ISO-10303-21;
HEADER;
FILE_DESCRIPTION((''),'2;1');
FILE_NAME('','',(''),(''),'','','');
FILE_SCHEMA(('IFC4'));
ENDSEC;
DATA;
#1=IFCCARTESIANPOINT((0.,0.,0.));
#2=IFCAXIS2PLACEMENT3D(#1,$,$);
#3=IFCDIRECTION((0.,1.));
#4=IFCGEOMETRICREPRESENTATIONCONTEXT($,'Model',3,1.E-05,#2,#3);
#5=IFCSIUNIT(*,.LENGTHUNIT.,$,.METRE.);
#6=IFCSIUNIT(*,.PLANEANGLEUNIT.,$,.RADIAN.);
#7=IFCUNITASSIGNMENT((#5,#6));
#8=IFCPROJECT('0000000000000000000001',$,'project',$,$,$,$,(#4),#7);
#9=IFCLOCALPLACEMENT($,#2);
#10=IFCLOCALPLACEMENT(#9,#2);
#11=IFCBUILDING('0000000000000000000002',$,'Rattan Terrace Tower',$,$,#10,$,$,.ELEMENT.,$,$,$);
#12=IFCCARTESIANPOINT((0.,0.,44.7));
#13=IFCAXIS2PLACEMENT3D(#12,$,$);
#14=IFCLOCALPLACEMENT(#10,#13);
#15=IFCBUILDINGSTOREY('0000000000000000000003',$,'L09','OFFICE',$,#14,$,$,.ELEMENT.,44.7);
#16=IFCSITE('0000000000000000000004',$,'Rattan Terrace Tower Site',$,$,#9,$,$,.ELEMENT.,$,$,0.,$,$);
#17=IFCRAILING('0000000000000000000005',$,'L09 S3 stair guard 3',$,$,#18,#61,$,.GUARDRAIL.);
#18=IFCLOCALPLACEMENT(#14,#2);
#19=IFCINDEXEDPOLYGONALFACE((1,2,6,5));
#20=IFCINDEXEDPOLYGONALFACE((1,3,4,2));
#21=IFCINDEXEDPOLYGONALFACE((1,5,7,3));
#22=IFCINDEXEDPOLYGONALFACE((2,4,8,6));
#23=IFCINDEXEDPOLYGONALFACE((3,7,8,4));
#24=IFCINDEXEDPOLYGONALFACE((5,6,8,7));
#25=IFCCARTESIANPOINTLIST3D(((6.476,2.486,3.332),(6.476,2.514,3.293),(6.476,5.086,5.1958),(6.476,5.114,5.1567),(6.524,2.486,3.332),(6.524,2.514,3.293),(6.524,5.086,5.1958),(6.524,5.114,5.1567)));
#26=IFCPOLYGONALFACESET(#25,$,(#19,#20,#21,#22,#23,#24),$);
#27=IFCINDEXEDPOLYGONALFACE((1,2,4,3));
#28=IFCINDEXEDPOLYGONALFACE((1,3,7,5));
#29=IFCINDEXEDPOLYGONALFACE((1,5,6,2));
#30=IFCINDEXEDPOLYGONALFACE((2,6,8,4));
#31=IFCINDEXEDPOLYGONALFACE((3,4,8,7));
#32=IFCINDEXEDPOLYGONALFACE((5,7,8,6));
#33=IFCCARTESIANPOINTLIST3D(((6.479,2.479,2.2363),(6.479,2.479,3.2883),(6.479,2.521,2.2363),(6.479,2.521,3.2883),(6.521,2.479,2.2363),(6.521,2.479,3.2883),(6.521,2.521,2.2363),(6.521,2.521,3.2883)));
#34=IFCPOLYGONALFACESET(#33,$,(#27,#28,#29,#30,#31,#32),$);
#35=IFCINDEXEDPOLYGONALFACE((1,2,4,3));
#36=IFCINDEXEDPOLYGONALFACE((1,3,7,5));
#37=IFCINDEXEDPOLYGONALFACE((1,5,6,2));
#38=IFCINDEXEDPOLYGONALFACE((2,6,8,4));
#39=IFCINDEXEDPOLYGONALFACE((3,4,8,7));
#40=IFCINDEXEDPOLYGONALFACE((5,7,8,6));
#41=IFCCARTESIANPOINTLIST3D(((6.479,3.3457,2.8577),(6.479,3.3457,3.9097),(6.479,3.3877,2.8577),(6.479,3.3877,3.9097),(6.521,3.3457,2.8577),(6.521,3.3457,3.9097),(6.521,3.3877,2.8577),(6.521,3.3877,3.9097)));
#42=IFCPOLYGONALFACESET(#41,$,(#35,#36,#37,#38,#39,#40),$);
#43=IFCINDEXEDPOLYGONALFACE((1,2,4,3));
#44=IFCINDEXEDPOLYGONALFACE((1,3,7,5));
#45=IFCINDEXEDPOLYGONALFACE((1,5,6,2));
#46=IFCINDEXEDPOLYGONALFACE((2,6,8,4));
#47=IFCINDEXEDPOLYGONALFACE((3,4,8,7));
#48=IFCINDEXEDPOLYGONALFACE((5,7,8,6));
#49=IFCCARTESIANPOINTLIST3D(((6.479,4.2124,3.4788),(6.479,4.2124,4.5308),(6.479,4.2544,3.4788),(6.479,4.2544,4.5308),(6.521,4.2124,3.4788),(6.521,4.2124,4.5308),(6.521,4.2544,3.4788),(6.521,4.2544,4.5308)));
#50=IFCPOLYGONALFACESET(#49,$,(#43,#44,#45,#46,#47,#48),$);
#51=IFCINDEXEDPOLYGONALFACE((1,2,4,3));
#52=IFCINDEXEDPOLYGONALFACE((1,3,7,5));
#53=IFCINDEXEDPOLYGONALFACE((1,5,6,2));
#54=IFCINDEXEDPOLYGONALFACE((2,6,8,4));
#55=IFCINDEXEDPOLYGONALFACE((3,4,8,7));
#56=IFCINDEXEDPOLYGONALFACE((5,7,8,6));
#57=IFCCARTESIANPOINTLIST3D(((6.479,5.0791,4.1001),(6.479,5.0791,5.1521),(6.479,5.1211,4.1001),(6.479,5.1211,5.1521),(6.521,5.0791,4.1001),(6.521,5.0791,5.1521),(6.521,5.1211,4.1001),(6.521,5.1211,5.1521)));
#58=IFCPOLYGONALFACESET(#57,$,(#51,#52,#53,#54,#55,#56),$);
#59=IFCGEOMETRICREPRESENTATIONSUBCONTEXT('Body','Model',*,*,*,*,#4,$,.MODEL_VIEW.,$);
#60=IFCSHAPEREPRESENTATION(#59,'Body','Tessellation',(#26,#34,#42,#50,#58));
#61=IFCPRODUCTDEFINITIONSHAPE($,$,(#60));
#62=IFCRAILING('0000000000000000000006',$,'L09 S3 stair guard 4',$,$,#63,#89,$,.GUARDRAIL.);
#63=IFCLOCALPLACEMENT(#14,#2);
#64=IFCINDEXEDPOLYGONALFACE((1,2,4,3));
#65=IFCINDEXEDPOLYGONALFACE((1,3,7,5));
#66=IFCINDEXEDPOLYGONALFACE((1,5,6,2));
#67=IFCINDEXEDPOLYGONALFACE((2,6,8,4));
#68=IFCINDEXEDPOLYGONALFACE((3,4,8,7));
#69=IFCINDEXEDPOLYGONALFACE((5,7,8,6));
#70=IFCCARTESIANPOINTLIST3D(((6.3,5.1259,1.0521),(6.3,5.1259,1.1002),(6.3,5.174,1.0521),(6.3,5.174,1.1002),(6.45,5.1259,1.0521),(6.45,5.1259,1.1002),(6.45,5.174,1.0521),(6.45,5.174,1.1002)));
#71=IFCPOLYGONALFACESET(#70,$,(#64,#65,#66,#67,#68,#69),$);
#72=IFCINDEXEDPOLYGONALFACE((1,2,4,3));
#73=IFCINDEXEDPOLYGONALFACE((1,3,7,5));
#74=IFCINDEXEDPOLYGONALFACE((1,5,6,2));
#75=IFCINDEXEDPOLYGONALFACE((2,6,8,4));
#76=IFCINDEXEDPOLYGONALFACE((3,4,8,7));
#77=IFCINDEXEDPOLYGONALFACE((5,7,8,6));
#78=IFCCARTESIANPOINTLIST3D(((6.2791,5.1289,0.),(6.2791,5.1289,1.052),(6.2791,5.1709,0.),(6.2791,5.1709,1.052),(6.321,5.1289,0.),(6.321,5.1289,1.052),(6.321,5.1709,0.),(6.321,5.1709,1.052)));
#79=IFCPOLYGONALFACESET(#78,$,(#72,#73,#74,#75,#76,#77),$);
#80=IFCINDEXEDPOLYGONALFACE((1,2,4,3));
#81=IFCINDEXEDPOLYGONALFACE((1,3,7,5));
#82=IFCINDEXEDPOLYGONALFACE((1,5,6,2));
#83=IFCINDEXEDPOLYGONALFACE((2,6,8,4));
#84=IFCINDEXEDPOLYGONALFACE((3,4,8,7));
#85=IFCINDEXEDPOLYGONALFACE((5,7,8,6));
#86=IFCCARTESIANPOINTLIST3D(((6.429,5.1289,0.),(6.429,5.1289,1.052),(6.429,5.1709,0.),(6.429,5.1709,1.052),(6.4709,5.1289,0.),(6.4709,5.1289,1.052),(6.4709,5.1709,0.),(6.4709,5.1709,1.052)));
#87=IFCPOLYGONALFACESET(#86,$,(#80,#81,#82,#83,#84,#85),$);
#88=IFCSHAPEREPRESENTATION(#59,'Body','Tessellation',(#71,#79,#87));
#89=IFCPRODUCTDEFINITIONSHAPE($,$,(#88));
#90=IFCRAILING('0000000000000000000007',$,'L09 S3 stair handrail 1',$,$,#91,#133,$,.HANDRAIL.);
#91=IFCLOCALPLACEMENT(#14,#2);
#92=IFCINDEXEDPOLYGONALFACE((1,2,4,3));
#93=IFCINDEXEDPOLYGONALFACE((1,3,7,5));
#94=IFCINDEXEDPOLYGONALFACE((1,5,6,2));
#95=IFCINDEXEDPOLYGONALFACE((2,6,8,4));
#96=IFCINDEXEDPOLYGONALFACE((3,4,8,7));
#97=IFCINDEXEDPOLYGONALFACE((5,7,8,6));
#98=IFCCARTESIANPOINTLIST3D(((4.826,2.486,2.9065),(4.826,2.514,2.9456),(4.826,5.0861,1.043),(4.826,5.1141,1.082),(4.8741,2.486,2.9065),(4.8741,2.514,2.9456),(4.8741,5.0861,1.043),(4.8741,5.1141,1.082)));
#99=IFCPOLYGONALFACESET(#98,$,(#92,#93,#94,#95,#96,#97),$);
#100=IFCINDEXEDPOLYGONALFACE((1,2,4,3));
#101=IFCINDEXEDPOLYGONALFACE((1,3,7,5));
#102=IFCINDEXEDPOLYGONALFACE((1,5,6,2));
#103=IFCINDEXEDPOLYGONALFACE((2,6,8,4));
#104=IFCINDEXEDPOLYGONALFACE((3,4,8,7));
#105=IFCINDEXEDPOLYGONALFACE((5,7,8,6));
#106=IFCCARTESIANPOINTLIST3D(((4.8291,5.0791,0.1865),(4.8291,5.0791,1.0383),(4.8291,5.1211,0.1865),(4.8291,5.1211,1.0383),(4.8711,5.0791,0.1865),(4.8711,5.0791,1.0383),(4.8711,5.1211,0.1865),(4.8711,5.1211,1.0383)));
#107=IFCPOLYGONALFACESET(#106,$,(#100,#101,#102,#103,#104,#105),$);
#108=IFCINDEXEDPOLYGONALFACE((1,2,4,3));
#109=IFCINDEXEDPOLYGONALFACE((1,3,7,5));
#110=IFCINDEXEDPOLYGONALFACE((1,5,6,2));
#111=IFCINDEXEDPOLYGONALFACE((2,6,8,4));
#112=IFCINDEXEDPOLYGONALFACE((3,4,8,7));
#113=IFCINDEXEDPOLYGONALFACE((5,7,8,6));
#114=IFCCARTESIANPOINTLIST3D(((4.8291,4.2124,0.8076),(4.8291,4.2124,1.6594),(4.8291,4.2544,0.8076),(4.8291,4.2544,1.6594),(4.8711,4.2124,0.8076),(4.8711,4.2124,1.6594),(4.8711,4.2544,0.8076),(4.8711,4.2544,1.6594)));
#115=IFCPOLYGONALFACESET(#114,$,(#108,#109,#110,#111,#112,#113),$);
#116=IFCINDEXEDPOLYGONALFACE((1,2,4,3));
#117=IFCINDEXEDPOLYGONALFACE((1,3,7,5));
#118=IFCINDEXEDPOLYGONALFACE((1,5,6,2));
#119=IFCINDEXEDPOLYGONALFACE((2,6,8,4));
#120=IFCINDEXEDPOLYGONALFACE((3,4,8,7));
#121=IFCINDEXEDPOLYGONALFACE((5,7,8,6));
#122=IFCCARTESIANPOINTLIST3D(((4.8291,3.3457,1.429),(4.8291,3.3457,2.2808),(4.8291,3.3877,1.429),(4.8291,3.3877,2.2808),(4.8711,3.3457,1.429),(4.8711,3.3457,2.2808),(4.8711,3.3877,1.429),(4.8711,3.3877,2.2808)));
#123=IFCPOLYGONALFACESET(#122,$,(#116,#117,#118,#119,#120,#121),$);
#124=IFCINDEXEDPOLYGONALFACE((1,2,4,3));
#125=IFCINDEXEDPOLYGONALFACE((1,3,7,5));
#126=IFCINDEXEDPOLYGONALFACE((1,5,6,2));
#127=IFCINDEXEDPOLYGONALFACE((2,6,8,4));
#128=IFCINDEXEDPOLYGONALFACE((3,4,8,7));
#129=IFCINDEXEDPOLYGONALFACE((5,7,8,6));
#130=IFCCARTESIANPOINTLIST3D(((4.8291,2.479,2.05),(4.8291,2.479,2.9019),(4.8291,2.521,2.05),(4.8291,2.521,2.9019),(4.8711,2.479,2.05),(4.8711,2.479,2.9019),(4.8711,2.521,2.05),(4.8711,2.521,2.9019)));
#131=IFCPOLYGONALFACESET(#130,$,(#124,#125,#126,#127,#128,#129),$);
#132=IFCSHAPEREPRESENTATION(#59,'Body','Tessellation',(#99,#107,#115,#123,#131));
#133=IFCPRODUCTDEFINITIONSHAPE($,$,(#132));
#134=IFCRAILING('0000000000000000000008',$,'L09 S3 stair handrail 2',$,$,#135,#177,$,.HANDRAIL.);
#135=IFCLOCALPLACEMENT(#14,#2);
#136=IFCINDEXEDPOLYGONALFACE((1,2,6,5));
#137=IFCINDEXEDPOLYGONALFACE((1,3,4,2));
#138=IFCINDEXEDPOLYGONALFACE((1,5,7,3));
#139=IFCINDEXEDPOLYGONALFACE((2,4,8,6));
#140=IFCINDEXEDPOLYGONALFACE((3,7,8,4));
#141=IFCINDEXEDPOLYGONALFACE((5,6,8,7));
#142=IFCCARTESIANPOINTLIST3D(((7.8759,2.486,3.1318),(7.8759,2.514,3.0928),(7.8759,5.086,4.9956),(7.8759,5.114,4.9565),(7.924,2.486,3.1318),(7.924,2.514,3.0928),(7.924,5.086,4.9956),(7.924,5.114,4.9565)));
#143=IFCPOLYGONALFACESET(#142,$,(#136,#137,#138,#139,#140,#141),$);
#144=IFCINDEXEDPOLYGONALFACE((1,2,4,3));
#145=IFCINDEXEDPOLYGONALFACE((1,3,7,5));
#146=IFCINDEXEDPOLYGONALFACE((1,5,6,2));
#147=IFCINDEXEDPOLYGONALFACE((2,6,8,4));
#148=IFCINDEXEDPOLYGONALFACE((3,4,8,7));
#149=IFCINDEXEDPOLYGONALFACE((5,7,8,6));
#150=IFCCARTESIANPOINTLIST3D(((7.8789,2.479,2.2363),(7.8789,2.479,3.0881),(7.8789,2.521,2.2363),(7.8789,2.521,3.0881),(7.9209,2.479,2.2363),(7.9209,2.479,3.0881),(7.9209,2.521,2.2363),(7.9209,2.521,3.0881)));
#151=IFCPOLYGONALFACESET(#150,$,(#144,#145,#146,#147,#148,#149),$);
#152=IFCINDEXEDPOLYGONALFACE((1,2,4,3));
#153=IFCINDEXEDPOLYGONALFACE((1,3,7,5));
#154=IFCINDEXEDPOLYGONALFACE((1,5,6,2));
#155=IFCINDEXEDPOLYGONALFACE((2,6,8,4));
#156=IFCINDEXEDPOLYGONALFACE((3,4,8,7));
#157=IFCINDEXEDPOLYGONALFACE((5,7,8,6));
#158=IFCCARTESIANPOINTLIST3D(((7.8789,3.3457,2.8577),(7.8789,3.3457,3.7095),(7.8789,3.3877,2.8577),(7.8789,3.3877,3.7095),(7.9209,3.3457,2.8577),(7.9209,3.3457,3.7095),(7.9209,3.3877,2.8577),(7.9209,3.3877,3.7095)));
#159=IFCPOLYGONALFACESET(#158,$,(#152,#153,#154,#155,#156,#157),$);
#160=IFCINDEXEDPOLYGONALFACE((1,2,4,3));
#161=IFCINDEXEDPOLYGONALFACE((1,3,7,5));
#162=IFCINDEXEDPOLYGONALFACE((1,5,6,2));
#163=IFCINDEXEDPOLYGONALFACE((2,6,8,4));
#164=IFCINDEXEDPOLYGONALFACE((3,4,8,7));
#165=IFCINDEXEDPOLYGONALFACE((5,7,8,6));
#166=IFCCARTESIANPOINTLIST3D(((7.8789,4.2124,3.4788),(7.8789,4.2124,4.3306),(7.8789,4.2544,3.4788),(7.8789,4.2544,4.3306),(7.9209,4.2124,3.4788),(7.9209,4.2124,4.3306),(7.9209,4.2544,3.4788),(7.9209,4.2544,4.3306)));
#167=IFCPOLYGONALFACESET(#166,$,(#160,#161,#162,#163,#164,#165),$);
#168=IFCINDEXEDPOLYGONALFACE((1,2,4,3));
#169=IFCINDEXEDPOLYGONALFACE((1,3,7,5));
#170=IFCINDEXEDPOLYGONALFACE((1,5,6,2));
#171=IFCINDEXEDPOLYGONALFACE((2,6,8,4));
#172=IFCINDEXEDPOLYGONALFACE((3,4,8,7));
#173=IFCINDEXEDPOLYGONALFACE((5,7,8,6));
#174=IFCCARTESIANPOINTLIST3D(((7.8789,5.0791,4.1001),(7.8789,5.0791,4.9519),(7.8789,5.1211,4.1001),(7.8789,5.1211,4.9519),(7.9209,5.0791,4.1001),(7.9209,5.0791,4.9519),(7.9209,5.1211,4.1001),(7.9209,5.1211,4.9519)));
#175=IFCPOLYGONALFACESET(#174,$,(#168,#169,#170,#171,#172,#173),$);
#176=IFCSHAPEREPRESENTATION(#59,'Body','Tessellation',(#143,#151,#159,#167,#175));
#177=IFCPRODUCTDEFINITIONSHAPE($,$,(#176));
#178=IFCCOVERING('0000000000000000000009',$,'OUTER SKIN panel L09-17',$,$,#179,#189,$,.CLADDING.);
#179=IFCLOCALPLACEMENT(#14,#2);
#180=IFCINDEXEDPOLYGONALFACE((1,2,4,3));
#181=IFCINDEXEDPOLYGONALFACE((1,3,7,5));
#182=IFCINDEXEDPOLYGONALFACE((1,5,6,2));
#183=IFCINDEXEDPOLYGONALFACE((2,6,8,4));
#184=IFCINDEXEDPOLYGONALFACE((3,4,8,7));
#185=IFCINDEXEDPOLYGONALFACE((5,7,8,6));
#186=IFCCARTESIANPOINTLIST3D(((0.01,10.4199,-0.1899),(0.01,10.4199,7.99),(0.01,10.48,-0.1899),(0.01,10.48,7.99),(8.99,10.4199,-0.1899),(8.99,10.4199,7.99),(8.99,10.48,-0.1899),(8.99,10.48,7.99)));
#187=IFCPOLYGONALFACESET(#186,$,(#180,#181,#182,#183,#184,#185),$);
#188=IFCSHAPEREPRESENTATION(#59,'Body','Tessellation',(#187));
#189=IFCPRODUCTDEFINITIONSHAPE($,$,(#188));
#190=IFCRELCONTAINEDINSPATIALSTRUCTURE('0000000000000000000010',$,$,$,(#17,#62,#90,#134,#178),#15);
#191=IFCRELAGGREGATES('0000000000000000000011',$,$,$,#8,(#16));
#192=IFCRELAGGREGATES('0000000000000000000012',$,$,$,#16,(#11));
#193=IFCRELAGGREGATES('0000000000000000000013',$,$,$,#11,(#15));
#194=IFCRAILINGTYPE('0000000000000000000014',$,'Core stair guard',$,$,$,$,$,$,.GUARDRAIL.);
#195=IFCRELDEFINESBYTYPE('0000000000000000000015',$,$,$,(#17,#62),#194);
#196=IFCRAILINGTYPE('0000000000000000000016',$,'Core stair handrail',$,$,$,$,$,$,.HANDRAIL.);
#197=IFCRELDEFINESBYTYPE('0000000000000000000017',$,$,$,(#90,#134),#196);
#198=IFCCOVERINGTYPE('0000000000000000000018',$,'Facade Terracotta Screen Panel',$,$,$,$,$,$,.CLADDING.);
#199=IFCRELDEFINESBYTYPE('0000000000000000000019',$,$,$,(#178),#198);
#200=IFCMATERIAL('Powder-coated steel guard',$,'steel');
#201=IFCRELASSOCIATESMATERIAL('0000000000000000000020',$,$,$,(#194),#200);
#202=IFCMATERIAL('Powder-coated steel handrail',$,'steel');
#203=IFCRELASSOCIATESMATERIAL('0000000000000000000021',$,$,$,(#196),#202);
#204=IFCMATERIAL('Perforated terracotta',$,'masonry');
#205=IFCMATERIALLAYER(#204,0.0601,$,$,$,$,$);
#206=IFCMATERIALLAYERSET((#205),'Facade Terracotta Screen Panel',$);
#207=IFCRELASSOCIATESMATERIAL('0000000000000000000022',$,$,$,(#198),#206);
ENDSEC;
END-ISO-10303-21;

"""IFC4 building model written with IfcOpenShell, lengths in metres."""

from ifc_helpers import new_model, si_unit, direction, frame, origin, origin_2d, place, context, subcontext, project, spatial, rectangle, extrude, material, layer, layer_set, type_object, element, save


model = new_model("IFC4")

# Units and contexts
model_context = context("Model", 3, precision=1e-05, world=origin(), true_north=direction((0.0, 1.0)))
body_context = subcontext(model_context, "Body", "Model", "MODEL_VIEW")
ifc_project = project(units=[si_unit("LENGTHUNIT", "METRE"), si_unit("PLANEANGLEUNIT", "RADIAN")], contexts=[model_context])

# Site, building, storey
site_placement = place(None, origin())
site = spatial("IfcSite", under=ifc_project, at=site_placement, Name="Rattan Terrace Tower Site", CompositionType="ELEMENT", RefElevation=0.0)
building_placement = place(site_placement, origin())
building = spatial("IfcBuilding", under=site, at=building_placement, Name="Rattan Terrace Tower", CompositionType="ELEMENT")
storey_placement = place(building_placement, frame((0.0, 0.0, 44.7)))
storey = spatial("IfcBuildingStorey", under=building, at=storey_placement, Name="L09", Description="OFFICE", CompositionType="ELEMENT", Elevation=44.7)

# Railings
ifc_material_1 = material(Name="Powder-coated steel guard", Category="steel")
railing_type_1 = type_object("IfcRailingType", Name="Core stair guard", PredefinedType="GUARDRAIL", material=ifc_material_1)
railing_1_placement = place(storey_placement, frame((6.5, 2.5, 2.2363)))
element("IfcRailing", 1, at=railing_1_placement, inside=storey, type_object=railing_type_1, Name="L09 S3 stair guard 3", PredefinedType="GUARDRAIL", context=body_context, shape_type="SweptSolid", body=[
    extrude(rectangle(XDim=0.0481, YDim=0.0481, at=origin_2d()), frame((0.0, 0.0, 1.0762), z_axis=(0.0, 0.812763, 0.582595), x_axis=(-1.0, 0.0, 0.0)), (0.0, 0.0, 1.0), 3.199),
    extrude(rectangle(XDim=0.042, YDim=0.042, at=origin_2d()), origin(), (0.0, 0.0, 1.0), 1.052),
    extrude(rectangle(XDim=0.042, YDim=0.042, at=origin_2d()), frame((0.0, 0.8667, 0.6213)), (0.0, 0.0, 1.0), 1.052),
    extrude(rectangle(XDim=0.042, YDim=0.042, at=origin_2d()), frame((0.0, 1.7334, 1.2424)), (0.0, 0.0, 1.0), 1.052),
    extrude(rectangle(XDim=0.042, YDim=0.042, at=origin_2d()), frame((0.0, 2.6001, 1.8638)), (0.0, 0.0, 1.0), 1.052),
])
railing_2_placement = place(storey_placement, frame((6.3, 5.1499, 0.0)))
element("IfcRailing", 2, at=railing_2_placement, inside=storey, type_object=railing_type_1, Name="L09 S3 stair guard 4", PredefinedType="GUARDRAIL", context=body_context, shape_type="SweptSolid", body=[
    extrude(rectangle(XDim=0.0481, YDim=0.0481, at=origin_2d()), frame((0.0, 0.0, 1.0762), z_axis=(1.0, 0.0, 0.0), x_axis=(0.0, 1.0, 0.0)), (0.0, 0.0, 1.0), 0.1499),
    extrude(rectangle(XDim=0.042, YDim=0.042, at=origin_2d()), origin(), (0.0, 0.0, 1.0), 1.052),
    extrude(rectangle(XDim=0.042, YDim=0.042, at=origin_2d()), frame((0.1499, 0.0, 0.0)), (0.0, 0.0, 1.0), 1.052),
])
ifc_material_2 = material(Name="Powder-coated steel handrail", Category="steel")
railing_type_2 = type_object("IfcRailingType", Name="Core stair handrail", PredefinedType="HANDRAIL", material=ifc_material_2)
railing_3_placement = place(storey_placement, frame((4.8501, 5.1001, 0.1865)))
element("IfcRailing", 3, at=railing_3_placement, inside=storey, type_object=railing_type_2, Name="L09 S3 stair handrail 1", PredefinedType="HANDRAIL", context=body_context, shape_type="SweptSolid", body=[
    extrude(rectangle(XDim=0.0481, YDim=0.0481, at=origin_2d()), frame((0.0, 0.0, 0.876), z_axis=(0.0, -0.812799, 0.582544), x_axis=(1.0, 0.0, 0.0)), (0.0, 0.0, 1.0), 3.199),
    extrude(rectangle(XDim=0.042, YDim=0.042, at=origin_2d()), origin(), (0.0, 0.0, 1.0), 0.8518),
    extrude(rectangle(XDim=0.042, YDim=0.042, at=origin_2d()), frame((0.0, -0.8667, 0.6211)), (0.0, 0.0, 1.0), 0.8518),
    extrude(rectangle(XDim=0.042, YDim=0.042, at=origin_2d()), frame((0.0, -1.7334, 1.2424)), (0.0, 0.0, 1.0), 0.8518),
    extrude(rectangle(XDim=0.042, YDim=0.042, at=origin_2d()), frame((0.0, -2.6001, 1.8635)), (0.0, 0.0, 1.0), 0.8518),
])
railing_4_placement = place(storey_placement, frame((7.8999, 2.5, 2.2363)))
element("IfcRailing", 4, at=railing_4_placement, inside=storey, type_object=railing_type_2, Name="L09 S3 stair handrail 2", PredefinedType="HANDRAIL", context=body_context, shape_type="SweptSolid", body=[
    extrude(rectangle(XDim=0.0481, YDim=0.0481, at=origin_2d()), frame((0.0, 0.0, 0.876), z_axis=(0.0, 0.812763, 0.582595), x_axis=(-1.0, 0.0, 0.0)), (0.0, 0.0, 1.0), 3.199),
    extrude(rectangle(XDim=0.042, YDim=0.042, at=origin_2d()), origin(), (0.0, 0.0, 1.0), 0.8518),
    extrude(rectangle(XDim=0.042, YDim=0.042, at=origin_2d()), frame((0.0, 0.8667, 0.6213)), (0.0, 0.0, 1.0), 0.8518),
    extrude(rectangle(XDim=0.042, YDim=0.042, at=origin_2d()), frame((0.0, 1.7334, 1.2424)), (0.0, 0.0, 1.0), 0.8518),
    extrude(rectangle(XDim=0.042, YDim=0.042, at=origin_2d()), frame((0.0, 2.6001, 1.8638)), (0.0, 0.0, 1.0), 0.8518),
])

# Covering
ifc_material_3 = material(Name="Perforated terracotta", Category="masonry")
ifc_layer_1 = layer(ifc_material_3, 0.0601)
ifc_layer_set_1 = layer_set([ifc_layer_1], Name="Facade Terracotta Screen Panel")
covering_type = type_object("IfcCoveringType", Name="Facade Terracotta Screen Panel", PredefinedType="CLADDING", material=ifc_layer_set_1)
covering_placement = place(storey_placement, frame((4.5, 10.45, -0.1899), z_axis=(0.0, 0.0, 1.0), x_axis=(-1.0, 0.0, 0.0)))
element("IfcCovering", 5, at=covering_placement, inside=storey, type_object=covering_type, Name="OUTER SKIN panel L09-17", PredefinedType="CLADDING", context=body_context, shape_type="SweptSolid", body=[
    extrude(rectangle(XDim=8.98, YDim=0.0601, at=origin_2d()), origin(), (0.0, 0.0, 1.0), 8.1799),
])

save(model, "model.ifc")
